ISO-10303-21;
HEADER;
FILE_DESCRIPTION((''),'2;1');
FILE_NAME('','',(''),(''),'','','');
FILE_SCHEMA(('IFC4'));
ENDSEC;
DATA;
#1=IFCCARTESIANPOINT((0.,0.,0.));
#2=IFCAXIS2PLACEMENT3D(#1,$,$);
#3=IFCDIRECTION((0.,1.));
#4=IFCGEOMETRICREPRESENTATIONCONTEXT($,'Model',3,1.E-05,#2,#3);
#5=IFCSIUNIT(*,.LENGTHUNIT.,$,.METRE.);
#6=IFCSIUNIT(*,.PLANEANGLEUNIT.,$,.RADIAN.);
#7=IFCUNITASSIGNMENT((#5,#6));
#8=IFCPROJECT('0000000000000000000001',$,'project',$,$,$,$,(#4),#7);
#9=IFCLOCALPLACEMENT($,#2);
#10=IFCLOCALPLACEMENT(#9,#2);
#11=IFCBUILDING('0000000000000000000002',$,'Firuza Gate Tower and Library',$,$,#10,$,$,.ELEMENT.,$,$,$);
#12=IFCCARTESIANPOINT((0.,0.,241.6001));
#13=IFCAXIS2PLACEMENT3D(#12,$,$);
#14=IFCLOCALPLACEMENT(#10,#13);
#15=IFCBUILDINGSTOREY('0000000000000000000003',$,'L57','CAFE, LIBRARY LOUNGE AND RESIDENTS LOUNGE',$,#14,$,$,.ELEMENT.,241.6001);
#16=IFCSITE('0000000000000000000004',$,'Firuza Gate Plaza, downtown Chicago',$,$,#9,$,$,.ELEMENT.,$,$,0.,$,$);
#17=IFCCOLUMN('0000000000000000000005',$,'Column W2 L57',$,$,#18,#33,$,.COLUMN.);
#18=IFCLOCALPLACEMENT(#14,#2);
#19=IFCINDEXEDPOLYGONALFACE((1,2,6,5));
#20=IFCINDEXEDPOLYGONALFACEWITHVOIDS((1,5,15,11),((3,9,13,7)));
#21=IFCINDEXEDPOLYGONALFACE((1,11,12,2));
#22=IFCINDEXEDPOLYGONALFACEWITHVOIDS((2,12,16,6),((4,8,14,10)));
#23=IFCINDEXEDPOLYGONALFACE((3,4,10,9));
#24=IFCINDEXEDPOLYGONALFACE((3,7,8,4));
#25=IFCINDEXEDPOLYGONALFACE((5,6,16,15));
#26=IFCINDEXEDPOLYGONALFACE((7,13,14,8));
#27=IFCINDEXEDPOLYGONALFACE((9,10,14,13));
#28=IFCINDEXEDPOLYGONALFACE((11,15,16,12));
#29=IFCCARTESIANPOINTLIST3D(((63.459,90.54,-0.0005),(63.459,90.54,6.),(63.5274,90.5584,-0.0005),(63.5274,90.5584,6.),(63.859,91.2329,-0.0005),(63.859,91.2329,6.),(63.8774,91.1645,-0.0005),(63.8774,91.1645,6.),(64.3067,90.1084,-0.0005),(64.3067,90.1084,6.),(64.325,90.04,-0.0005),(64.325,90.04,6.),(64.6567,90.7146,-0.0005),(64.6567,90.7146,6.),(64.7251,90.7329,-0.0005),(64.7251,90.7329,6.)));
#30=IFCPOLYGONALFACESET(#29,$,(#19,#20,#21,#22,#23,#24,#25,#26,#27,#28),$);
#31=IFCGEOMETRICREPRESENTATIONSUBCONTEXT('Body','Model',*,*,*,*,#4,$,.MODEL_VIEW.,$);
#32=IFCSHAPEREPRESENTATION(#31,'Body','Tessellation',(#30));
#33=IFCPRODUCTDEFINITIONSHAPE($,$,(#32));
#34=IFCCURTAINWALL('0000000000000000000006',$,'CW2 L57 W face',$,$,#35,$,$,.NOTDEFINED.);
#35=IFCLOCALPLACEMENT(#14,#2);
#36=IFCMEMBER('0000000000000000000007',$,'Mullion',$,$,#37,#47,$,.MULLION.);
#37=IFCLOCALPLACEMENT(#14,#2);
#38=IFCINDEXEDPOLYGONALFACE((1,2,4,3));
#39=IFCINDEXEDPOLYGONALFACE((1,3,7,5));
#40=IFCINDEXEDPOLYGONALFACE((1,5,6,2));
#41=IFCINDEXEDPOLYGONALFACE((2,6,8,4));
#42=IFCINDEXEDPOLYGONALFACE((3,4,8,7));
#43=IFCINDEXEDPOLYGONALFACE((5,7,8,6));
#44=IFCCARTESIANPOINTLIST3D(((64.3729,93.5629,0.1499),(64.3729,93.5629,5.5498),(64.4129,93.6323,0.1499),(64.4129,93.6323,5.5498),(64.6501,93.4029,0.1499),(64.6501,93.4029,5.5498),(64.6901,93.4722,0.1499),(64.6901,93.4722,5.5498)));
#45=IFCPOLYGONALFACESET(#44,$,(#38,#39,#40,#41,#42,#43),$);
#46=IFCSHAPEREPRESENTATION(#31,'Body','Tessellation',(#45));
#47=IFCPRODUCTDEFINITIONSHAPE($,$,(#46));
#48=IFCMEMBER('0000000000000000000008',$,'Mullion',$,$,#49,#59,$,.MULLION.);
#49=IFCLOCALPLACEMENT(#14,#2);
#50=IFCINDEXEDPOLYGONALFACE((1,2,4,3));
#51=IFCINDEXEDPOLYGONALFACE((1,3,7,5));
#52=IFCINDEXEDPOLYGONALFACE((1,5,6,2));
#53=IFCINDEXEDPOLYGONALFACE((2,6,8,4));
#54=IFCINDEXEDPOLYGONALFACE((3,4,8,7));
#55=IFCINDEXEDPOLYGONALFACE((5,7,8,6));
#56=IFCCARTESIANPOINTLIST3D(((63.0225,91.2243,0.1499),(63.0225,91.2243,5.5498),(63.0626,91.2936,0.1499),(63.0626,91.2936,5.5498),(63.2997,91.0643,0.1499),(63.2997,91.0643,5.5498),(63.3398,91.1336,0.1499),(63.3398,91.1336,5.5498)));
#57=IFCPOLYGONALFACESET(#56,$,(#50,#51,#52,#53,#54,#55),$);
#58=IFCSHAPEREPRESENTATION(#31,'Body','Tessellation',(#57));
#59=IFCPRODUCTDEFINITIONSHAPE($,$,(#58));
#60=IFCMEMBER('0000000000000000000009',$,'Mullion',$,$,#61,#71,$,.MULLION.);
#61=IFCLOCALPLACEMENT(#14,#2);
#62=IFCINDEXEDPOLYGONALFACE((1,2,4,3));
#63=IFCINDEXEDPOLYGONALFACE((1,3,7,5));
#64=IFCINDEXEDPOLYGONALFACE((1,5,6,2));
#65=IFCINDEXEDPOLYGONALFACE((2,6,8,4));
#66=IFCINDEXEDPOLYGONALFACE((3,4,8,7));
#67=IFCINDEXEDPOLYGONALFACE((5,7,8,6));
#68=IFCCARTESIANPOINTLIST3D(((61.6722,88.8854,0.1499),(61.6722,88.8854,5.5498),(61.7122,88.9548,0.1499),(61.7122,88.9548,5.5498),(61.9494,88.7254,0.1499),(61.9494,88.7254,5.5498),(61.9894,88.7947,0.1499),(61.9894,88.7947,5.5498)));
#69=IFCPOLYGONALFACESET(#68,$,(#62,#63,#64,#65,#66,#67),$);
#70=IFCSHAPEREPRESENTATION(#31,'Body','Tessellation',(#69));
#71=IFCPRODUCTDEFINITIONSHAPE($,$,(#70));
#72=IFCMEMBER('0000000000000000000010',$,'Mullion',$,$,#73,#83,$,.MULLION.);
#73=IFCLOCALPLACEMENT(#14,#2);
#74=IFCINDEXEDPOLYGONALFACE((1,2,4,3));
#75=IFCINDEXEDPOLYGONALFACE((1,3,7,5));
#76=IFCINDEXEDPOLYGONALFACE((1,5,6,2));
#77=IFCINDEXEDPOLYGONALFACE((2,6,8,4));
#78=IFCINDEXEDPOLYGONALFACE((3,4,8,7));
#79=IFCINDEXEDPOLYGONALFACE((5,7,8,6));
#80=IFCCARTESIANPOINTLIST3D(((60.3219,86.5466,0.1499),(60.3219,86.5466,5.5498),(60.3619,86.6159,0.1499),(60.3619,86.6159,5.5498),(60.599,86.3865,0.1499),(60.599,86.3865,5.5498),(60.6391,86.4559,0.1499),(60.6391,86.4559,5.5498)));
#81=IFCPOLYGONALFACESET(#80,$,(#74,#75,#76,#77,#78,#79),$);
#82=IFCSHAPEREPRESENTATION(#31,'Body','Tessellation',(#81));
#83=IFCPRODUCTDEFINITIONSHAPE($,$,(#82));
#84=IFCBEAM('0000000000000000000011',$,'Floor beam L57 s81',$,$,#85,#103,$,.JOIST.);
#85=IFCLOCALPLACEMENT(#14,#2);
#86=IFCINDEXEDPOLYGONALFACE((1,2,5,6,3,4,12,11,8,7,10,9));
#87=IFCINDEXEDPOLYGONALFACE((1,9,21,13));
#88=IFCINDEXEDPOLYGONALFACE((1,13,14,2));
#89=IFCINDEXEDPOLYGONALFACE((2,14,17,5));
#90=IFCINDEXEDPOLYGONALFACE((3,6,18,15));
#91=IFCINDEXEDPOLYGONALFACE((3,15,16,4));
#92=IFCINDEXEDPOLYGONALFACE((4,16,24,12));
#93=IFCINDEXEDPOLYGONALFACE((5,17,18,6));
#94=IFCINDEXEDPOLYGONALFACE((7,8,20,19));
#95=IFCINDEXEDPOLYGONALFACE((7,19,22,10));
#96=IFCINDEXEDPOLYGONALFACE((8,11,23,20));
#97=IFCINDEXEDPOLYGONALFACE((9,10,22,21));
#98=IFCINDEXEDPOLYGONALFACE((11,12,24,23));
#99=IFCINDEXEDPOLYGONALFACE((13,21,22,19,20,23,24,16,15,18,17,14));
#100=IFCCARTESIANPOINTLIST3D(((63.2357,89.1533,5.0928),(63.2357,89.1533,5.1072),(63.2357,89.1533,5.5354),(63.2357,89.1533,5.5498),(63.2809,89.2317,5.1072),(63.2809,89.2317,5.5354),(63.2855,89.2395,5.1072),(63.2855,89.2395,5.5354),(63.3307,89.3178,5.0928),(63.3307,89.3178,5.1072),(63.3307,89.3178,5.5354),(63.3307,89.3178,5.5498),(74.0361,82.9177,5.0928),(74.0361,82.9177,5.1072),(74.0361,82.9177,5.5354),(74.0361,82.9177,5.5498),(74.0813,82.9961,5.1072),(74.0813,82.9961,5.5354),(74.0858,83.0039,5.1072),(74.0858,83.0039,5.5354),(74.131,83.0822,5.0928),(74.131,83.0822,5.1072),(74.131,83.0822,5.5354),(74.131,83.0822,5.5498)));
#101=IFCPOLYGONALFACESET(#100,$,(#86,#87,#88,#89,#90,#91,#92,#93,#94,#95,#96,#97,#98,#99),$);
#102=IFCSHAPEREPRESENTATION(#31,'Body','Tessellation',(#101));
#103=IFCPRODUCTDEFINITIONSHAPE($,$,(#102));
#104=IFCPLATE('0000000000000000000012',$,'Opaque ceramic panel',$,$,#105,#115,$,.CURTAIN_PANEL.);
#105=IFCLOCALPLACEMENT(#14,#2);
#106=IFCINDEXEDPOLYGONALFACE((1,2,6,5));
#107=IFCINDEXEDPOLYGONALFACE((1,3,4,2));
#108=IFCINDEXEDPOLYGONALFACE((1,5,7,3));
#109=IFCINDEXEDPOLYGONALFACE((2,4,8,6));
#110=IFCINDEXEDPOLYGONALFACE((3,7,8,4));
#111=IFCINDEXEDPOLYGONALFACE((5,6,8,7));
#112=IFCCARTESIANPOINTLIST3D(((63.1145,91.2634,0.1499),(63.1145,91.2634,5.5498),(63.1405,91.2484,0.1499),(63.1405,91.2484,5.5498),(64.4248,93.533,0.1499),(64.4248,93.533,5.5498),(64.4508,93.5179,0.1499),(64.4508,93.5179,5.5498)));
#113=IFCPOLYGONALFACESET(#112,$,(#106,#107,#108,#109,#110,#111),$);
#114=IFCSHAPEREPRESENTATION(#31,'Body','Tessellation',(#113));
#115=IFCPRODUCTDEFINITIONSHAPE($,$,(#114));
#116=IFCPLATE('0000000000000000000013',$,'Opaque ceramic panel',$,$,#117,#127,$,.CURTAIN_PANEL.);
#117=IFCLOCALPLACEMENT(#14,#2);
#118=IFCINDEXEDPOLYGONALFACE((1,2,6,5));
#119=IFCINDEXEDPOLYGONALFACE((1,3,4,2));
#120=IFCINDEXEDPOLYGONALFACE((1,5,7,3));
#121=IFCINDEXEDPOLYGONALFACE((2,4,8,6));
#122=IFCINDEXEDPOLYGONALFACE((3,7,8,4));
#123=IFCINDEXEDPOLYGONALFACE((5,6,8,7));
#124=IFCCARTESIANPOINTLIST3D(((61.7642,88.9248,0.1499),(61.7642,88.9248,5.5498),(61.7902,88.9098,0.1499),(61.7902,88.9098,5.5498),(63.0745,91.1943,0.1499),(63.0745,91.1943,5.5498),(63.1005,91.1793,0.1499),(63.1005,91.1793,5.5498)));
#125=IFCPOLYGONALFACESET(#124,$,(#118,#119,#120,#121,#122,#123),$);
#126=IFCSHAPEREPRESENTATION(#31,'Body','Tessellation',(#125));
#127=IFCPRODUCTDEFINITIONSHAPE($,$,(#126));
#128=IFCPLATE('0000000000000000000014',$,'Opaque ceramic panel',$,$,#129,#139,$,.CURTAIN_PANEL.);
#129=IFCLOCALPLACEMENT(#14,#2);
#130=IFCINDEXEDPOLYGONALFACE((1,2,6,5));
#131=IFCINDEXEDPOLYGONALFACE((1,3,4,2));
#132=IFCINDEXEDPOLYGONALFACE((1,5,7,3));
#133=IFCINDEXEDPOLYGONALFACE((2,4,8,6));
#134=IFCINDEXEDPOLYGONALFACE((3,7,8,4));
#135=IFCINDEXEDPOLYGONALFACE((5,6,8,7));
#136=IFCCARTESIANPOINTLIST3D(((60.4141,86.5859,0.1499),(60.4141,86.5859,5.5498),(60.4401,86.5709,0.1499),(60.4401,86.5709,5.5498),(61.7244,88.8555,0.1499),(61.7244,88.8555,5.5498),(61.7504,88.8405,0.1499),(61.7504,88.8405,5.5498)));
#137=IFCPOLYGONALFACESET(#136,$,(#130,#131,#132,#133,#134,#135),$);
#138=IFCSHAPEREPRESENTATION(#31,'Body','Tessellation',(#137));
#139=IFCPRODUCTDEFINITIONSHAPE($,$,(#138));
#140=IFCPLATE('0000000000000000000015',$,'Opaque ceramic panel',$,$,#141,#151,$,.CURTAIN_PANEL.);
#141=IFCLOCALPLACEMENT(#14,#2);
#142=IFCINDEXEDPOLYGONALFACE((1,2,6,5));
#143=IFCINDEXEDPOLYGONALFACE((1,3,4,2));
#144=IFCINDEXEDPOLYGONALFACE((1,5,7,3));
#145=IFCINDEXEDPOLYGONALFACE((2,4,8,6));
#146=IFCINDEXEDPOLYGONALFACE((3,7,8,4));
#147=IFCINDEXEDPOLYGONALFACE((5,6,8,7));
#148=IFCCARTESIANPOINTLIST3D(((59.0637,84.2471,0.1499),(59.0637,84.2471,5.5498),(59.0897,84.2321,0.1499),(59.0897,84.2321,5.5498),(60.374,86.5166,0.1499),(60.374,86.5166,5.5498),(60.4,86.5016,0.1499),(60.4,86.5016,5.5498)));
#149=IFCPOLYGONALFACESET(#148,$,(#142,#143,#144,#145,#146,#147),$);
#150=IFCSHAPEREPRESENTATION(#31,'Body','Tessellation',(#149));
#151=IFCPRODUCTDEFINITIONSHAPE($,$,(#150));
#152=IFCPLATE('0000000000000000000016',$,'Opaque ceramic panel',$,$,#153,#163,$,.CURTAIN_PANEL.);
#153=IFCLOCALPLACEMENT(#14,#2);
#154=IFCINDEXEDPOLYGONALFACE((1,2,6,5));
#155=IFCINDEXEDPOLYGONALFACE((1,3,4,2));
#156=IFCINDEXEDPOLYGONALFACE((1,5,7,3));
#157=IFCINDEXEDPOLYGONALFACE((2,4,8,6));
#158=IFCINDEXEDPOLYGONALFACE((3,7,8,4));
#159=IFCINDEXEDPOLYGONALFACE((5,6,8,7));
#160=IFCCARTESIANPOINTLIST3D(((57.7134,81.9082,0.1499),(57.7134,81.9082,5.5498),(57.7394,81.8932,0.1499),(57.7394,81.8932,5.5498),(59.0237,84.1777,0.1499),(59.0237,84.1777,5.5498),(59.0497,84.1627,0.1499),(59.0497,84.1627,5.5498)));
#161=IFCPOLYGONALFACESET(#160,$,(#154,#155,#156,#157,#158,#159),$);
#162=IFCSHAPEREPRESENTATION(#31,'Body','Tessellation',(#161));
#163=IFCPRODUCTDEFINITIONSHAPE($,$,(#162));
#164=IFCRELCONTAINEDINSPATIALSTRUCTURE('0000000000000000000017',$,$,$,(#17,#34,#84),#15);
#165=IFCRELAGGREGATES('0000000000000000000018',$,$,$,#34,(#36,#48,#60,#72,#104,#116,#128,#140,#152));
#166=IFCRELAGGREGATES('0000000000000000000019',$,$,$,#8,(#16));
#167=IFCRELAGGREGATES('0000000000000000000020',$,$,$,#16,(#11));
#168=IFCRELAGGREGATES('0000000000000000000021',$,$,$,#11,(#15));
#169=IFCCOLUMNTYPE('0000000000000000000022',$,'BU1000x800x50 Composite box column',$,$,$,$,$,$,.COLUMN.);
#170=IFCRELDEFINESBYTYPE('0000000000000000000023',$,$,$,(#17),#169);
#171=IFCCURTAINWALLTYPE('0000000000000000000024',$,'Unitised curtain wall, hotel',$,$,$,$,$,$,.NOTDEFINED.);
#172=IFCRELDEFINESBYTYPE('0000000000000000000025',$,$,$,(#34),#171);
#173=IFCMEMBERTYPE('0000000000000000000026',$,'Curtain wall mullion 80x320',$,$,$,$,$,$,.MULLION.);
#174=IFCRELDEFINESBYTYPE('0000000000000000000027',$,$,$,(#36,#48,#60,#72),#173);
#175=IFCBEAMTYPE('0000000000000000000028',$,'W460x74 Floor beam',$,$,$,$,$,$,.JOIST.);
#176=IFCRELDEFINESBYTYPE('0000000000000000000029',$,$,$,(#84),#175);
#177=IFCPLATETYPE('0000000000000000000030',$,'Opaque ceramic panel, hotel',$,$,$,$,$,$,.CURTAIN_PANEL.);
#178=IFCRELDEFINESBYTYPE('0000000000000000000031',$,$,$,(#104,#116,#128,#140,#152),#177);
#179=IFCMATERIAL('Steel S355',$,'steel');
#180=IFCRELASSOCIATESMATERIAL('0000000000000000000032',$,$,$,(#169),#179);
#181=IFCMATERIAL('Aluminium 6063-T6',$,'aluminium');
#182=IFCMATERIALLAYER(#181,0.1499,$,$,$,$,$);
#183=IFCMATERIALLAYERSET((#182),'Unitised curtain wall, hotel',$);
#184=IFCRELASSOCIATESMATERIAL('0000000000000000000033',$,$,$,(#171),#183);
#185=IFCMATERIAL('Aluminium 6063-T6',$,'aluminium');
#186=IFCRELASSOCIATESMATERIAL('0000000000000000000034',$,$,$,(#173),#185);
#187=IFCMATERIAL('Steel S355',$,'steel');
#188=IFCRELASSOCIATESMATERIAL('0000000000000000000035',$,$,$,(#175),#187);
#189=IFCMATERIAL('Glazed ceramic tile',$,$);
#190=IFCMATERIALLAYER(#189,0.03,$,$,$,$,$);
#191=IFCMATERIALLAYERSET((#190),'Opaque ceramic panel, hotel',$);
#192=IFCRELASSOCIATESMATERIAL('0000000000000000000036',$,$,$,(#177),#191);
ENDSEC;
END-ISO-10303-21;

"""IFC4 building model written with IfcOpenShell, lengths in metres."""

from ifc_helpers import new_model, si_unit, direction, frame, origin, origin_2d, place, context, subcontext, project, spatial, polyline, rectangle, hollow_rectangle, i_section, outline, extrude, material, layer, layer_set, material_profile, profile_set, type_object, element, aggregate, save


model = new_model("IFC4")

# Units and contexts
model_context = context("Model", 3, precision=1e-05, world=origin(), true_north=direction((0.0, 1.0)))
body_context = subcontext(model_context, "Body", "Model", "MODEL_VIEW")
ifc_project = project(units=[si_unit("LENGTHUNIT", "METRE"), si_unit("PLANEANGLEUNIT", "RADIAN")], contexts=[model_context])

# Site, building, storey
site_placement = place(None, origin())
site = spatial("IfcSite", under=ifc_project, at=site_placement, Name="Firuza Gate Plaza, downtown Chicago", CompositionType="ELEMENT", RefElevation=0.0)
building_placement = place(site_placement, origin())
building = spatial("IfcBuilding", under=site, at=building_placement, Name="Firuza Gate Tower and Library", CompositionType="ELEMENT")
storey_placement = place(building_placement, frame((0.0, 0.0, 241.6001)))
storey = spatial("IfcBuildingStorey", under=building, at=storey_placement, Name="L57", Description="CAFE, LIBRARY LOUNGE AND RESIDENTS LOUNGE", CompositionType="ELEMENT", Elevation=241.6001)

# Column
ifc_material_1 = material(Name="Steel S355", Category="steel")
ifc_material_profile_1 = material_profile(ifc_material_1, hollow_rectangle(XDim=0.8, YDim=1.0, WallThickness=0.05, at=origin_2d()))
ifc_profile_set_1 = profile_set([ifc_material_profile_1], Name="Steel S355")
column_type = type_object("IfcColumnType", Name="BU1000x800x50 Composite box column", PredefinedType="COLUMN", material=ifc_profile_set_1)
column_placement = place(storey_placement, frame((64.092, 90.6365, -0.0005), z_axis=(0.0, 0.0, 1.0), x_axis=(-0.5, -0.866025, 0.0)))
element("IfcColumn", 1, at=column_placement, inside=storey, type_object=column_type, Name="Column W2 L57", PredefinedType="COLUMN", context=body_context, shape_type="SweptSolid", body=[
    extrude(hollow_rectangle(XDim=0.8, YDim=1.0, WallThickness=0.05, at=origin_2d()), origin(), (0.0, 0.0, 1.0), 6.0005),
])

# Curtain wall, members
ifc_material_2 = material(Name="Aluminium 6063-T6", Category="aluminium")
ifc_layer_1 = layer(ifc_material_2, 0.1499)
ifc_layer_set_1 = layer_set([ifc_layer_1], Name="Unitised curtain wall, hotel")
curtain_wall_type = type_object("IfcCurtainWallType", Name="Unitised curtain wall, hotel", PredefinedType="NOTDEFINED", material=ifc_layer_set_1)
placement = place(storey_placement, origin())
curtain_wall = element("IfcCurtainWall", 2, at=placement, inside=storey, type_object=curtain_wall_type, Name="CW2 L57 W face", PredefinedType="NOTDEFINED")
ifc_material_3 = material(Name="Aluminium 6063-T6", Category="aluminium")
ifc_material_profile_2 = material_profile(ifc_material_3, rectangle(XDim=0.3201, YDim=0.0801, at=origin_2d()))
ifc_profile_set_2 = profile_set([ifc_material_profile_2], Name="Aluminium 6063-T6")
member_type = type_object("IfcMemberType", Name="Curtain wall mullion 80x320", PredefinedType="MULLION", material=ifc_profile_set_2)
member_1_placement = place(storey_placement, frame((64.5315, 93.5176, 0.1499), z_axis=(0.0, 0.0, 1.0), x_axis=(0.866025, -0.5, 0.0)))
member_1 = element("IfcMember", 3, at=member_1_placement, type_object=member_type, Name="Mullion", PredefinedType="MULLION", context=body_context, shape_type="SweptSolid", body=[
    extrude(rectangle(XDim=0.3201, YDim=0.0801, at=origin_2d()), origin(), (0.0, 0.0, 1.0), 5.3999),
])
member_2_placement = place(storey_placement, frame((63.1812, 91.179, 0.1499), z_axis=(0.0, 0.0, 1.0), x_axis=(0.866025, -0.5, 0.0)))
member_2 = element("IfcMember", 4, at=member_2_placement, type_object=member_type, Name="Mullion", PredefinedType="MULLION", context=body_context, shape_type="SweptSolid", body=[
    extrude(rectangle(XDim=0.3201, YDim=0.0801, at=origin_2d()), origin(), (0.0, 0.0, 1.0), 5.3999),
])
member_3_placement = place(storey_placement, frame((61.8308, 88.8401, 0.1499), z_axis=(0.0, 0.0, 1.0), x_axis=(0.866025, -0.5, 0.0)))
member_3 = element("IfcMember", 5, at=member_3_placement, type_object=member_type, Name="Mullion", PredefinedType="MULLION", context=body_context, shape_type="SweptSolid", body=[
    extrude(rectangle(XDim=0.3201, YDim=0.0801, at=origin_2d()), origin(), (0.0, 0.0, 1.0), 5.3999),
])
member_4_placement = place(storey_placement, frame((60.4805, 86.5012, 0.1499), z_axis=(0.0, 0.0, 1.0), x_axis=(0.866025, -0.5, 0.0)))
member_4 = element("IfcMember", 6, at=member_4_placement, type_object=member_type, Name="Mullion", PredefinedType="MULLION", context=body_context, shape_type="SweptSolid", body=[
    extrude(rectangle(XDim=0.3201, YDim=0.0801, at=origin_2d()), origin(), (0.0, 0.0, 1.0), 5.3999),
])

# Beam
ifc_material_4 = material(Name="Steel S355", Category="steel")
ifc_material_profile_3 = material_profile(ifc_material_4, i_section(OverallWidth=0.1899, OverallDepth=0.457, WebThickness=0.009, FlangeThickness=0.0144, at=origin_2d()))
ifc_profile_set_3 = profile_set([ifc_material_profile_3], Name="Steel S355")
beam_type = type_object("IfcBeamType", Name="W460x74 Floor beam", PredefinedType="JOIST", material=ifc_profile_set_3)
beam_placement = place(storey_placement, frame((63.2832, 89.2356, 5.3213), z_axis=(0.866024, -0.500003, 0.0), x_axis=(0.500003, 0.866024, 0.0)))
element("IfcBeam", 7, at=beam_placement, inside=storey, type_object=beam_type, Name="Floor beam L57 s81", PredefinedType="JOIST", context=body_context, shape_type="SweptSolid", body=[
    extrude(i_section(OverallWidth=0.1899, OverallDepth=0.457, WebThickness=0.009, FlangeThickness=0.0144, at=origin_2d()), origin(), (0.0, 0.0, 1.0), 12.4712),
])

# Plates
ifc_material_5 = material(Name="Glazed ceramic tile")
ifc_layer_2 = layer(ifc_material_5, 0.03)
ifc_layer_set_2 = layer_set([ifc_layer_2], Name="Opaque ceramic panel, hotel")
plate_type = type_object("IfcPlateType", Name="Opaque ceramic panel, hotel", PredefinedType="CURTAIN_PANEL", material=ifc_layer_set_2)
plate_1_placement = place(storey_placement, frame((64.4248, 93.533, 0.1499), z_axis=(-0.866027, 0.499997, 0.0), x_axis=(-0.499997, -0.866027, 0.0)))
plate_1 = element("IfcPlate", 8, at=plate_1_placement, type_object=plate_type, Name="Opaque ceramic panel", PredefinedType="CURTAIN_PANEL", context=body_context, shape_type="SweptSolid", body=[
    extrude(outline(polyline([(0.0, 0.0), (2.6206, 0.0), (2.6206, 5.3999), (0.0, 5.3999), (0.0, 0.0)])), origin(), (0.0, 0.0, -1.0), 0.03),
])
plate_2_placement = place(storey_placement, frame((63.0745, 91.1943, 0.1499), z_axis=(-0.866027, 0.499997, 0.0), x_axis=(-0.499997, -0.866027, 0.0)))
plate_2 = element("IfcPlate", 9, at=plate_2_placement, type_object=plate_type, Name="Opaque ceramic panel", PredefinedType="CURTAIN_PANEL", context=body_context, shape_type="SweptSolid", body=[
    extrude(outline(polyline([(0.0, 0.0), (2.6206, 0.0), (2.6206, 5.3999), (0.0, 5.3999), (0.0, 0.0)])), origin(), (0.0, 0.0, -1.0), 0.03),
])
plate_3_placement = place(storey_placement, frame((61.7244, 88.8555, 0.1499), z_axis=(-0.866027, 0.499997, 0.0), x_axis=(-0.499997, -0.866027, 0.0)))
plate_3 = element("IfcPlate", 10, at=plate_3_placement, type_object=plate_type, Name="Opaque ceramic panel", PredefinedType="CURTAIN_PANEL", context=body_context, shape_type="SweptSolid", body=[
    extrude(outline(polyline([(0.0, 0.0), (2.6206, 0.0), (2.6206, 5.3999), (0.0, 5.3999), (0.0, 0.0)])), origin(), (0.0, 0.0, -1.0), 0.03),
])
plate_4_placement = place(storey_placement, frame((60.374, 86.5166, 0.1499), z_axis=(-0.866027, 0.499997, 0.0), x_axis=(-0.499997, -0.866027, 0.0)))
plate_4 = element("IfcPlate", 11, at=plate_4_placement, type_object=plate_type, Name="Opaque ceramic panel", PredefinedType="CURTAIN_PANEL", context=body_context, shape_type="SweptSolid", body=[
    extrude(outline(polyline([(0.0, 0.0), (2.6206, 0.0), (2.6206, 5.3999), (0.0, 5.3999), (0.0, 0.0)])), origin(), (0.0, 0.0, -1.0), 0.03),
])
plate_5_placement = place(storey_placement, frame((59.0237, 84.1777, 0.1499), z_axis=(-0.866027, 0.499997, 0.0), x_axis=(-0.499997, -0.866027, 0.0)))
plate_5 = element("IfcPlate", 12, at=plate_5_placement, type_object=plate_type, Name="Opaque ceramic panel", PredefinedType="CURTAIN_PANEL", context=body_context, shape_type="SweptSolid", body=[
    extrude(outline(polyline([(0.0, 0.0), (2.6206, 0.0), (2.6206, 5.3999), (0.0, 5.3999), (0.0, 0.0)])), origin(), (0.0, 0.0, -1.0), 0.03),
])
aggregate(curtain_wall, [member_1, member_2, member_3, member_4, plate_1, plate_2, plate_3, plate_4, plate_5])

save(model, "model.ifc")
